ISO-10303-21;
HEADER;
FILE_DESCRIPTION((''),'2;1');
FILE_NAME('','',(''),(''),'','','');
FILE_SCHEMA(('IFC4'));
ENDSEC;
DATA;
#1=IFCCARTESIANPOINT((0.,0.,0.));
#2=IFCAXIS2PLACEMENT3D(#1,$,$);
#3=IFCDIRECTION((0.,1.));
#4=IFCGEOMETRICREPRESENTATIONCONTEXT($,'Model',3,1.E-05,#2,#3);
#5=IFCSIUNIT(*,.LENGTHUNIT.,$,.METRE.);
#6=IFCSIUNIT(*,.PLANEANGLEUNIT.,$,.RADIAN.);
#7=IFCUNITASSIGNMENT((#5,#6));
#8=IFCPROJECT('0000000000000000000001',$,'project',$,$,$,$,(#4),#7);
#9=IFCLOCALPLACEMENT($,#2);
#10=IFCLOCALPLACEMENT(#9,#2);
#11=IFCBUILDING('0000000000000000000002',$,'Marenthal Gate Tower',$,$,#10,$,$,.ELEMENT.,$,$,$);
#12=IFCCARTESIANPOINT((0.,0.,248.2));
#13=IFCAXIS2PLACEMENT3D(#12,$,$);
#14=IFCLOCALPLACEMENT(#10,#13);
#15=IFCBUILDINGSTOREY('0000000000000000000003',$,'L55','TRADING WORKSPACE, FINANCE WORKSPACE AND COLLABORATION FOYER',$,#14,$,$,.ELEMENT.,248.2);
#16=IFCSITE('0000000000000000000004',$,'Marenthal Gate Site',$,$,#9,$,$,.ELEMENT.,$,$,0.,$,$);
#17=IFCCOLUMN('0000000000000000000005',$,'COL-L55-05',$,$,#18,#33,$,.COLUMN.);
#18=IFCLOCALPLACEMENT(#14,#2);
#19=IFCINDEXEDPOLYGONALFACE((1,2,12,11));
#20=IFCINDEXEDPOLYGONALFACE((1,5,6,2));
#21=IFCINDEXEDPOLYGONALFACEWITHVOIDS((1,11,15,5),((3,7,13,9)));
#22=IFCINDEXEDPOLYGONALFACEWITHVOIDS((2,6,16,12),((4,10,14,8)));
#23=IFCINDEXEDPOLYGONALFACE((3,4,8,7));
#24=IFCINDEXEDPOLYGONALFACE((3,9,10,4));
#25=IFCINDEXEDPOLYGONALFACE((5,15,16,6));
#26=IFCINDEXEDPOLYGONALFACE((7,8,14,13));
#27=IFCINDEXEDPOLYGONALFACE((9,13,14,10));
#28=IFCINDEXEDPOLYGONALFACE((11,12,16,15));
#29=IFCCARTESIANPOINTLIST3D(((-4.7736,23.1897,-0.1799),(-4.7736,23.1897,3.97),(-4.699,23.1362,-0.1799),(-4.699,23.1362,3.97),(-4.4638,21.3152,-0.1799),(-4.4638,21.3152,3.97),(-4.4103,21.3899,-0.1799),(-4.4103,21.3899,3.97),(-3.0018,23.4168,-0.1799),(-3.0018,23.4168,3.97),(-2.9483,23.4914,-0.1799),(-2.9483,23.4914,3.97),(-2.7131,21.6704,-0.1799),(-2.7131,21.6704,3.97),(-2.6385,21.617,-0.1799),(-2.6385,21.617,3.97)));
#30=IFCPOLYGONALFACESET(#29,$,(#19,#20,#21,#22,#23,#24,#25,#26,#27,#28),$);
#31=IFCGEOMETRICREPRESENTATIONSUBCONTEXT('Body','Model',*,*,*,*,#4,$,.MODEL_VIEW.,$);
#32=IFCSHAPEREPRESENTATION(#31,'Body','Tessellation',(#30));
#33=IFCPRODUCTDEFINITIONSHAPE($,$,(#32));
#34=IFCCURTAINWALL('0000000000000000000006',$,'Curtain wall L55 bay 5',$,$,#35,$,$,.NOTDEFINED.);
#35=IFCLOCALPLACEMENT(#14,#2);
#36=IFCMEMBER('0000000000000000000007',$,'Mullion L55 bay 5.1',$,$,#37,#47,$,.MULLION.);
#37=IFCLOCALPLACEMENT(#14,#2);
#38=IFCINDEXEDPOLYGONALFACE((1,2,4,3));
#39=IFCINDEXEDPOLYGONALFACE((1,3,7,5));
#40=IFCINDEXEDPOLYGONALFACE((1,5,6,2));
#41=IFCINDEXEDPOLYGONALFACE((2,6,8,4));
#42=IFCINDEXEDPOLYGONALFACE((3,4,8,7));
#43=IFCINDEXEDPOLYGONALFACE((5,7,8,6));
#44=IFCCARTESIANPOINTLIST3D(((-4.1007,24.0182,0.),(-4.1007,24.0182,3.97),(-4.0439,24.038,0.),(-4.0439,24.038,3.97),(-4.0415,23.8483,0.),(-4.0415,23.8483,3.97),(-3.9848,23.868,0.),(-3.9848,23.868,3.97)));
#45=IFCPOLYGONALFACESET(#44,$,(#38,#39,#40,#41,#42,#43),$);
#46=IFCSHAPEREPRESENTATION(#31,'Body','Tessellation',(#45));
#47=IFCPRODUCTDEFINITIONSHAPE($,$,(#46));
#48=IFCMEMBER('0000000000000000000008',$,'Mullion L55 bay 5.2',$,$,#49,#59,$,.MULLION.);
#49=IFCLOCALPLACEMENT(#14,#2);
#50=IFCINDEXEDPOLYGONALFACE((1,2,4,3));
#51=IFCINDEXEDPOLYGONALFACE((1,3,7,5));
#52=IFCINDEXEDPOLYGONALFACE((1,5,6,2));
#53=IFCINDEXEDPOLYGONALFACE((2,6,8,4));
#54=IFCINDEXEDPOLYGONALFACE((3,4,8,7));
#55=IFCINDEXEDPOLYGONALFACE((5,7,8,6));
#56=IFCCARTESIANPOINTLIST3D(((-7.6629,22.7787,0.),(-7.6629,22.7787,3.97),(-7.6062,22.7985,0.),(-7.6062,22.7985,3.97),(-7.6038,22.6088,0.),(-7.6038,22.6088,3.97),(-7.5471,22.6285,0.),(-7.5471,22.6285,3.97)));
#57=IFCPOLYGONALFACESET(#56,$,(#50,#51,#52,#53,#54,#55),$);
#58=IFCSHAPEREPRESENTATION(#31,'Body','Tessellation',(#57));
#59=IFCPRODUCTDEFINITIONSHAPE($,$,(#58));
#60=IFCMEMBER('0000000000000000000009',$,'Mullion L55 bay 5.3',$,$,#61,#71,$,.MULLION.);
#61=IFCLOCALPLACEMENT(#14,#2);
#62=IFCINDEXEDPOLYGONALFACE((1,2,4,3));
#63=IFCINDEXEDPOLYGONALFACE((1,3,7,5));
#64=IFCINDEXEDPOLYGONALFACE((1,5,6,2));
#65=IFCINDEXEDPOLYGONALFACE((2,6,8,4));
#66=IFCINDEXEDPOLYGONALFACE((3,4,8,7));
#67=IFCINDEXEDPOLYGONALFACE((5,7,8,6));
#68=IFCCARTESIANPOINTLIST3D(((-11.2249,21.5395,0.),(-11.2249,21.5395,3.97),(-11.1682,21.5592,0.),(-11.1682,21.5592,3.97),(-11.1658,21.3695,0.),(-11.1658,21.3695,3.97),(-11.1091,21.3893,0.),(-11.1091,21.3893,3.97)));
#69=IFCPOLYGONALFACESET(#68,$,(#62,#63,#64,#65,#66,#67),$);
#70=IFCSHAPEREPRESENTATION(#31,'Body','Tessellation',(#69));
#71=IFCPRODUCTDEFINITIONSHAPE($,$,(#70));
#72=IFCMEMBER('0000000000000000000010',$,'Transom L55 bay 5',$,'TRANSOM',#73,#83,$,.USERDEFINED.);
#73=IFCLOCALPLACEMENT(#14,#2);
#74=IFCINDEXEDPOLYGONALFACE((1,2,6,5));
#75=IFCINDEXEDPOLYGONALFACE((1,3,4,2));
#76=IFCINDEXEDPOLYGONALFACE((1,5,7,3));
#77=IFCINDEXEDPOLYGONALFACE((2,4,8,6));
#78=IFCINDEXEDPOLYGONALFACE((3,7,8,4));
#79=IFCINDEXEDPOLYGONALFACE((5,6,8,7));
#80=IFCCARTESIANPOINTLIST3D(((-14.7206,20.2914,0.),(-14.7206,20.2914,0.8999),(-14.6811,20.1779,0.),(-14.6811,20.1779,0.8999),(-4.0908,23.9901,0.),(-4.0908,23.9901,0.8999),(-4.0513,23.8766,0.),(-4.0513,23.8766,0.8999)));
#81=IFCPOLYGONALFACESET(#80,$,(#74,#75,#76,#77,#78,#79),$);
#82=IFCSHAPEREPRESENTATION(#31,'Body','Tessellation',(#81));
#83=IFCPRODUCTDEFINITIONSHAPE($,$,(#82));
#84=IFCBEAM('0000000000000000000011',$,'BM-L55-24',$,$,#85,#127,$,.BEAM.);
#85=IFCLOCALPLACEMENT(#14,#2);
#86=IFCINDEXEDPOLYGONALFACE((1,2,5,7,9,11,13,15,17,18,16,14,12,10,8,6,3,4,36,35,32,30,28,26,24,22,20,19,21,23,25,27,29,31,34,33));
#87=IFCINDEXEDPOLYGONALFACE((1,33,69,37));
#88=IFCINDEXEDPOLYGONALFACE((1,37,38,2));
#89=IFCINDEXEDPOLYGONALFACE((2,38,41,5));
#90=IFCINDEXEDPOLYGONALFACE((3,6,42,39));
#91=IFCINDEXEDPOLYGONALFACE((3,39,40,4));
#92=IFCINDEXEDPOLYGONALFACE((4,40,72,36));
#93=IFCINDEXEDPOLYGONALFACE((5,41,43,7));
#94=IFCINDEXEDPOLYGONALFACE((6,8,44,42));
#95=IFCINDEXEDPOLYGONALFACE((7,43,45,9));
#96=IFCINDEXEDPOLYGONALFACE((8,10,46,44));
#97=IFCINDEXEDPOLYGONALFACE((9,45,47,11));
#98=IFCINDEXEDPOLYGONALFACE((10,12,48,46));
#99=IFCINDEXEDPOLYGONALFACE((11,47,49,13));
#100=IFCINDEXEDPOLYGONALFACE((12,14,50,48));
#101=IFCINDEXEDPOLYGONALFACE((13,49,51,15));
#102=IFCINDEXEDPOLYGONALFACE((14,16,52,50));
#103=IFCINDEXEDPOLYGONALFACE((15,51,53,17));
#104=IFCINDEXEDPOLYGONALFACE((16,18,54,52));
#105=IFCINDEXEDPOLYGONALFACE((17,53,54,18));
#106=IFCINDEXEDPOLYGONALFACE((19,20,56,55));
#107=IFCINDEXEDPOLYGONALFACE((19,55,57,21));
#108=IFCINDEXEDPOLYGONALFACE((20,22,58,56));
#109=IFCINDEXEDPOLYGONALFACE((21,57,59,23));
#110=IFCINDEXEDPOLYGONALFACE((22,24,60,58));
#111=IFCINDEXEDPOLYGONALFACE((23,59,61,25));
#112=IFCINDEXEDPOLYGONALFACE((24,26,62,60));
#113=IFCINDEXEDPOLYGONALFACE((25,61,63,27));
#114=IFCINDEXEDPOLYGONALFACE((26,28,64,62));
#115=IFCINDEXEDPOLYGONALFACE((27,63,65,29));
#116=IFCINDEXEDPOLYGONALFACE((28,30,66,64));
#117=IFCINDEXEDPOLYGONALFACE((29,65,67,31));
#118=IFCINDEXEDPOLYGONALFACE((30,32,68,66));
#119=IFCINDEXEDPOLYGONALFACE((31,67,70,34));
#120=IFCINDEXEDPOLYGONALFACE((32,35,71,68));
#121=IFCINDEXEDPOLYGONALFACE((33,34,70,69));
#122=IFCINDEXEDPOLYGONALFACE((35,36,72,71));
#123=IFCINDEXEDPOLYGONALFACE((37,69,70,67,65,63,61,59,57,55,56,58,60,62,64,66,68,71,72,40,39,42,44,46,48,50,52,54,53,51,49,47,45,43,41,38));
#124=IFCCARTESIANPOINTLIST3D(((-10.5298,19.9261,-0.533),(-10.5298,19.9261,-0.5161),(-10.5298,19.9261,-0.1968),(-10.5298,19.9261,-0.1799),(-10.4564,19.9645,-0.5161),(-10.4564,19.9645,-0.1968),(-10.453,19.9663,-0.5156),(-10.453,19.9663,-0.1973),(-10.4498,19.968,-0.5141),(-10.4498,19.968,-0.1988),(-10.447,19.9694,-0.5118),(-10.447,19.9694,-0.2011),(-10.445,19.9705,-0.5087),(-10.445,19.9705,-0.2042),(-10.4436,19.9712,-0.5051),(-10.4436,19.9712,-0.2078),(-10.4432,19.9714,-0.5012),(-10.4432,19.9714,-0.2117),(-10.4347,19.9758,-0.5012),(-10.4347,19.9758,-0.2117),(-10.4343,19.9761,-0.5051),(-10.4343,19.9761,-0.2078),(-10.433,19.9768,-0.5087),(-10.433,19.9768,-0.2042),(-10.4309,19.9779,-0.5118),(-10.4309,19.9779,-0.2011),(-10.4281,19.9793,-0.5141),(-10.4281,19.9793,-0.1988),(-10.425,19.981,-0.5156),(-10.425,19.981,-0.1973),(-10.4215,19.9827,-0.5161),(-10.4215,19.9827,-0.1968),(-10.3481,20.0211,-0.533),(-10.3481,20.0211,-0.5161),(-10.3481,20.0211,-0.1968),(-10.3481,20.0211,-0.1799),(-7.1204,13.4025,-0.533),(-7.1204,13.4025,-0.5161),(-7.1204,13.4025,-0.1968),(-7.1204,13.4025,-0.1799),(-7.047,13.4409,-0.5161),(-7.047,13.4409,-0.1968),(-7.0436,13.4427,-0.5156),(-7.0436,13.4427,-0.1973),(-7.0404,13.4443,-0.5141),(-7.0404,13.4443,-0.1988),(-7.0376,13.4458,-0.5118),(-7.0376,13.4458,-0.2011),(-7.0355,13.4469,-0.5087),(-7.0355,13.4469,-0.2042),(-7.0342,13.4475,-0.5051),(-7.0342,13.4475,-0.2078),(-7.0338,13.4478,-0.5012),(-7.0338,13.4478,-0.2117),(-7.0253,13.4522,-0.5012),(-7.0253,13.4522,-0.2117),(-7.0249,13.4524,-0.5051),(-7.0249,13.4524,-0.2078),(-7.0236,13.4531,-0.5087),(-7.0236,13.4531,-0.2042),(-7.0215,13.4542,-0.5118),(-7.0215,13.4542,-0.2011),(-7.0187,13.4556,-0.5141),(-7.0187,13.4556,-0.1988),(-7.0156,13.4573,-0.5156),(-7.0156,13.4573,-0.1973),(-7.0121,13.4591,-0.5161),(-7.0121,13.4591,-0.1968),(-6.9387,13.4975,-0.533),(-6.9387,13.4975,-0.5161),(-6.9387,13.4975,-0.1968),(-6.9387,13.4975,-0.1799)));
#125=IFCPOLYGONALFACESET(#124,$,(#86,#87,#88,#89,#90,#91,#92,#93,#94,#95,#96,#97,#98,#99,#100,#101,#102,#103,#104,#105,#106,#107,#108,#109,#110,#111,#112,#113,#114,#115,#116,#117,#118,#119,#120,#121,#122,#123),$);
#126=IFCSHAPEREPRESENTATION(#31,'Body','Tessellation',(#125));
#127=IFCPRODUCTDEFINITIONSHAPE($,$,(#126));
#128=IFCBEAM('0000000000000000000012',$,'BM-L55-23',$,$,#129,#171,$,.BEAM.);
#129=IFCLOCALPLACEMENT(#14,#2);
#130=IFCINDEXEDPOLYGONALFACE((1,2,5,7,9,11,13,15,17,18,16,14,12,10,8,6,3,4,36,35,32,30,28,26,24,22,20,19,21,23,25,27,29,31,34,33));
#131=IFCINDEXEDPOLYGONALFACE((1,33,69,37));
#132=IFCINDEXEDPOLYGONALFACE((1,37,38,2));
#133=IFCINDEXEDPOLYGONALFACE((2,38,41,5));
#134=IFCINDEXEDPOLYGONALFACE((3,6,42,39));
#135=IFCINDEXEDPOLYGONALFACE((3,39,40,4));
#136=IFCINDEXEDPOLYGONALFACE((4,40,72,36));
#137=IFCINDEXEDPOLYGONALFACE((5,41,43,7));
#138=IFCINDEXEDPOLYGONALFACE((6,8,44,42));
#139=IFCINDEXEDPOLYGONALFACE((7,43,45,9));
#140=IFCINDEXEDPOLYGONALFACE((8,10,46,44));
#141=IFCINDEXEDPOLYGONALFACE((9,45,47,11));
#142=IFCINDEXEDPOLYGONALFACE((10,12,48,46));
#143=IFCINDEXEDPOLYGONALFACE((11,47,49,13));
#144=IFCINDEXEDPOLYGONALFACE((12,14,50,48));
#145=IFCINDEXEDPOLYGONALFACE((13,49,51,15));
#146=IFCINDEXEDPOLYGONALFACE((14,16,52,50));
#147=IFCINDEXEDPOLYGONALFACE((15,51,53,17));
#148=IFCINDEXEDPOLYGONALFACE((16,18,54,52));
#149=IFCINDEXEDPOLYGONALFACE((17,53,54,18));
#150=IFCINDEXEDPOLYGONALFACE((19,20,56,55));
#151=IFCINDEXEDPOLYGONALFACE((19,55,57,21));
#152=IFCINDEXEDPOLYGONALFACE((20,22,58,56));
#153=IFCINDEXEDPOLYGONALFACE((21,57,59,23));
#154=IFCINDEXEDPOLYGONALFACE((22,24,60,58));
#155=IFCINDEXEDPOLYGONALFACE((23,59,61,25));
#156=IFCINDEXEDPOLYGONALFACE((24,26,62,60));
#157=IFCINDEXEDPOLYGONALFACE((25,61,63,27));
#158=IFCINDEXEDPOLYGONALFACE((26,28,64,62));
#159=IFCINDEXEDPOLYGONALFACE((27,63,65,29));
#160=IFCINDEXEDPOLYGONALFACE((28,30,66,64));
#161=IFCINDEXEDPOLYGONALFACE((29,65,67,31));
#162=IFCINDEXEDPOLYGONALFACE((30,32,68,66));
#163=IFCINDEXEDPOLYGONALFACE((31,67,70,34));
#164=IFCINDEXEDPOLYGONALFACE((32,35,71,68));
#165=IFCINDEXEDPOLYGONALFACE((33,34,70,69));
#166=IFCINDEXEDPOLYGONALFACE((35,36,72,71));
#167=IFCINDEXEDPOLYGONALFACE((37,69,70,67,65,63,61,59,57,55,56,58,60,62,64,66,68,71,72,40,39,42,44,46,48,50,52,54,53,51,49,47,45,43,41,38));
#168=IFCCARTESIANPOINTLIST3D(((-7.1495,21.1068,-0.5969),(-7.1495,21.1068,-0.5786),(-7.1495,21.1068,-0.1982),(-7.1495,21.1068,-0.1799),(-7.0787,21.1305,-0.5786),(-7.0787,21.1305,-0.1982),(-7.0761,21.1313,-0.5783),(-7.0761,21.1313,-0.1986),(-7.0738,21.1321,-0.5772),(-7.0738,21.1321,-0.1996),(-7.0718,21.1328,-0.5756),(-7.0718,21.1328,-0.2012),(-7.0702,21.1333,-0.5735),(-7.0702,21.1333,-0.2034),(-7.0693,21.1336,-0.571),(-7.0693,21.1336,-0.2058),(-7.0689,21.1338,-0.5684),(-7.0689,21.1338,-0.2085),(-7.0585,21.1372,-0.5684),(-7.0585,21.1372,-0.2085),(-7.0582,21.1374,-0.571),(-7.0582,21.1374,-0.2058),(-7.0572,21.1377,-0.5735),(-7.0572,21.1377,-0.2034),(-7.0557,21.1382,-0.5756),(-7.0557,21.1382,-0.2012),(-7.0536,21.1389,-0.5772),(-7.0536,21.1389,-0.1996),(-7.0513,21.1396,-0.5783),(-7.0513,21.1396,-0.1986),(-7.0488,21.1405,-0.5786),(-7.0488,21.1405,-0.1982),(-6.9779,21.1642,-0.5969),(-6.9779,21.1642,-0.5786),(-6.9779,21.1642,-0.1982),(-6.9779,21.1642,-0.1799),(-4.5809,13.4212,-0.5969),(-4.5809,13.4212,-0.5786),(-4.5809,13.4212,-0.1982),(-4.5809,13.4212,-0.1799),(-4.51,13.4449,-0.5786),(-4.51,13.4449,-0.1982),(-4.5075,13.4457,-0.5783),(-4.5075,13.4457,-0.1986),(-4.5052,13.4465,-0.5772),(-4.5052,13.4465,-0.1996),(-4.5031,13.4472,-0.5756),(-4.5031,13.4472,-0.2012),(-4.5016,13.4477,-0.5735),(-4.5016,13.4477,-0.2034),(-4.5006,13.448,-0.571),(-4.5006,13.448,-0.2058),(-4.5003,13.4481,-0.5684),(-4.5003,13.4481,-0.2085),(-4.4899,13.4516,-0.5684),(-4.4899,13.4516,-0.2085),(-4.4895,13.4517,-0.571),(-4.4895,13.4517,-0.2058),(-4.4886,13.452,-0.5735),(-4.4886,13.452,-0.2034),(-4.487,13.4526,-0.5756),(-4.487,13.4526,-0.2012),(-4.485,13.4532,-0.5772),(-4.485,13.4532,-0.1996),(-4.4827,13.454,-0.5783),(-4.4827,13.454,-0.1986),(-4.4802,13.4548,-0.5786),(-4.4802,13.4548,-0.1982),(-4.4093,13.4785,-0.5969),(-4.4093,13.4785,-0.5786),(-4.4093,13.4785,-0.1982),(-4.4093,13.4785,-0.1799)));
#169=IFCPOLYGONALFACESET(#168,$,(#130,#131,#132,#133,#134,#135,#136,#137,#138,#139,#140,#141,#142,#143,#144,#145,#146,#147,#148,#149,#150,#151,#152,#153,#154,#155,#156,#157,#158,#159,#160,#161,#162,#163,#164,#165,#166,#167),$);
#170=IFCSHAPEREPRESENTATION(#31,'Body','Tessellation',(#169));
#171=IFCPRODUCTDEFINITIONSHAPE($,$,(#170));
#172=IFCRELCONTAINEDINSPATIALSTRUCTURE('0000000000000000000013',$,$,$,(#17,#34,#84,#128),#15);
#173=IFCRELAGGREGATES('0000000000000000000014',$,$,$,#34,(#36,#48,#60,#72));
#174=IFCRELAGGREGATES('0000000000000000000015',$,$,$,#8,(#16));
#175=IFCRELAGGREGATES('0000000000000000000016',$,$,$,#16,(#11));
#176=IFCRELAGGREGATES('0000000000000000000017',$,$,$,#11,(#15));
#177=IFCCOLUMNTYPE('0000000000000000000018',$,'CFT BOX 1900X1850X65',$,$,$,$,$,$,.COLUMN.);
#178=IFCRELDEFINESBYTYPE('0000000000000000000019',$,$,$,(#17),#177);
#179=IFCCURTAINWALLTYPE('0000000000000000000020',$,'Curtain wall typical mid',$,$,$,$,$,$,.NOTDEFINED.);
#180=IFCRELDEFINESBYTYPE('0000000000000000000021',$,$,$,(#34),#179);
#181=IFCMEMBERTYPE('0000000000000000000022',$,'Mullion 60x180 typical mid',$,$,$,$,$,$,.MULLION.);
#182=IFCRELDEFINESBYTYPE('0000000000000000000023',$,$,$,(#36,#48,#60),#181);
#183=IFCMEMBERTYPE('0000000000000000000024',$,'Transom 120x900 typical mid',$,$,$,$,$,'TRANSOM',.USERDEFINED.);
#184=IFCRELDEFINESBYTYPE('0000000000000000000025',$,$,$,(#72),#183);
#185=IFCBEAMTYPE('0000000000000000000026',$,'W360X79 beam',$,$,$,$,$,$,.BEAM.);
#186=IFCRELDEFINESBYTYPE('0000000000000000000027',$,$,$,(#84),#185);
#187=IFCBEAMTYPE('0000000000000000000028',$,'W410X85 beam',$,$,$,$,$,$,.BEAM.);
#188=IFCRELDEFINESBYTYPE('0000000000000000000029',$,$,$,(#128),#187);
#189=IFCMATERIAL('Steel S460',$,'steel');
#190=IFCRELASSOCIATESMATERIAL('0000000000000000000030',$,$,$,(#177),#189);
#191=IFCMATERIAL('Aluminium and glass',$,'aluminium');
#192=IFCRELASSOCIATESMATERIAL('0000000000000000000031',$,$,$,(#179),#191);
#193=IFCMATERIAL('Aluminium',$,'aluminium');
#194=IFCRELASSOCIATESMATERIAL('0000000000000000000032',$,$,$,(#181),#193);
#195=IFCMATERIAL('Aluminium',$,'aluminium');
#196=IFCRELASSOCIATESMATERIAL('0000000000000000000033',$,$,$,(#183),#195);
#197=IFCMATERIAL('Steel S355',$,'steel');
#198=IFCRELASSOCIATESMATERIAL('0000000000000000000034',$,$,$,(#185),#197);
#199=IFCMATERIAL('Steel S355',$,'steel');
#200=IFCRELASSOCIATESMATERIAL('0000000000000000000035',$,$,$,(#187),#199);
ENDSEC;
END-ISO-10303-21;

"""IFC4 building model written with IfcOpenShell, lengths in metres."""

from ifc_helpers import new_model, si_unit, direction, frame, origin, origin_2d, place, context, subcontext, project, spatial, rectangle, hollow_rectangle, i_section, extrude, material, material_profile, profile_set, type_object, element, aggregate, save


model = new_model("IFC4")

# Units and contexts
model_context = context("Model", 3, precision=1e-05, world=origin(), true_north=direction((0.0, 1.0)))
body_context = subcontext(model_context, "Body", "Model", "MODEL_VIEW")
ifc_project = project(units=[si_unit("LENGTHUNIT", "METRE"), si_unit("PLANEANGLEUNIT", "RADIAN")], contexts=[model_context])

# Site, building, storey
site_placement = place(None, origin())
site = spatial("IfcSite", under=ifc_project, at=site_placement, Name="Marenthal Gate Site", CompositionType="ELEMENT", RefElevation=0.0)
building_placement = place(site_placement, origin())
building = spatial("IfcBuilding", under=site, at=building_placement, Name="Marenthal Gate Tower", CompositionType="ELEMENT")
storey_placement = place(building_placement, frame((0.0, 0.0, 248.2)))
storey = spatial("IfcBuildingStorey", under=building, at=storey_placement, Name="L55", Description="TRADING WORKSPACE, FINANCE WORKSPACE AND COLLABORATION FOYER", CompositionType="ELEMENT", Elevation=248.2)

# Column
ifc_material_1 = material(Name="Steel S460", Category="steel")
ifc_material_profile_1 = material_profile(ifc_material_1, hollow_rectangle(XDim=1.8501, YDim=1.8999, WallThickness=0.0649, at=origin_2d()), Name="CFT BOX 1900X1850X65")
ifc_material_2 = material(Name="Concrete 70 MPa", Category="concrete")
ifc_material_profile_2 = material_profile(ifc_material_2, rectangle(XDim=1.72, YDim=1.77, at=origin_2d()), Name="CFT BOX 1900X1850X65 INFILL")
ifc_profile_set_1 = profile_set([ifc_material_profile_1, ifc_material_profile_2], Name="Steel S460 shell, Concrete 70 MPa infill")
column_type = type_object("IfcColumnType", Name="CFT BOX 1900X1850X65", PredefinedType="COLUMN", material=ifc_profile_set_1)
column_placement = place(storey_placement, frame((-3.7061, 22.4033, -0.1799), z_axis=(0.0, 0.0, 1.0), x_axis=(0.986611, 0.163088, 0.0)))
element("IfcColumn", 1, at=column_placement, inside=storey, type_object=column_type, Name="COL-L55-05", PredefinedType="COLUMN", context=body_context, shape_type="SweptSolid", body=[
    extrude(hollow_rectangle(XDim=1.8501, YDim=1.8999, WallThickness=0.0649, at=origin_2d()), origin(), (0.0, 0.0, 1.0), 4.1499),
])

# Curtain wall, members
ifc_material_3 = material(Name="Aluminium and glass", Category="aluminium")
curtain_wall_type = type_object("IfcCurtainWallType", Name="Curtain wall typical mid", PredefinedType="NOTDEFINED", material=ifc_material_3)
curtain_wall_placement = place(storey_placement, origin())
curtain_wall = element("IfcCurtainWall", 2, at=curtain_wall_placement, inside=storey, type_object=curtain_wall_type, Name="Curtain wall L55 bay 5", PredefinedType="NOTDEFINED")
ifc_material_4 = material(Name="Aluminium", Category="aluminium")
ifc_material_profile_3 = material_profile(ifc_material_4, rectangle(XDim=0.1799, YDim=0.0601, at=origin_2d()), Name="60x180 aluminium mullion")
ifc_profile_set_2 = profile_set([ifc_material_profile_3], Name="Aluminium")
member_type_1 = type_object("IfcMemberType", Name="Mullion 60x180 typical mid", PredefinedType="MULLION", material=ifc_profile_set_2)
member_1_placement = place(storey_placement, frame((-4.0427, 23.9431, 0.0), z_axis=(0.0, 0.0, 1.0), x_axis=(0.328612, -0.944465, 0.0)))
member_1 = element("IfcMember", 3, at=member_1_placement, type_object=member_type_1, Name="Mullion L55 bay 5.1", PredefinedType="MULLION", context=body_context, shape_type="SweptSolid", body=[
    extrude(rectangle(XDim=0.1799, YDim=0.0601, at=origin_2d()), origin(), (0.0, 0.0, 1.0), 3.97),
])
member_2_placement = place(storey_placement, frame((-7.605, 22.7036, 0.0), z_axis=(0.0, 0.0, 1.0), x_axis=(0.328612, -0.944465, 0.0)))
member_2 = element("IfcMember", 4, at=member_2_placement, type_object=member_type_1, Name="Mullion L55 bay 5.2", PredefinedType="MULLION", context=body_context, shape_type="SweptSolid", body=[
    extrude(rectangle(XDim=0.1799, YDim=0.0601, at=origin_2d()), origin(), (0.0, 0.0, 1.0), 3.97),
])
member_3_placement = place(storey_placement, frame((-11.167, 21.4644, 0.0), z_axis=(0.0, 0.0, 1.0), x_axis=(0.328612, -0.944465, 0.0)))
member_3 = element("IfcMember", 5, at=member_3_placement, type_object=member_type_1, Name="Mullion L55 bay 5.3", PredefinedType="MULLION", context=body_context, shape_type="SweptSolid", body=[
    extrude(rectangle(XDim=0.1799, YDim=0.0601, at=origin_2d()), origin(), (0.0, 0.0, 1.0), 3.97),
])
ifc_material_5 = material(Name="Aluminium", Category="aluminium")
ifc_material_profile_4 = material_profile(ifc_material_5, rectangle(XDim=0.1201, YDim=0.8999, at=origin_2d()), Name="120x900 aluminium transom")
ifc_profile_set_3 = profile_set([ifc_material_profile_4], Name="Aluminium")
member_type_2 = type_object("IfcMemberType", Name="Transom 120x900 typical mid", ElementType="TRANSOM", PredefinedType="USERDEFINED", material=ifc_profile_set_3)
member_4_placement = place(storey_placement, frame((-4.071, 23.9333, 0.45), z_axis=(-0.944459, -0.32863, 0.0), x_axis=(0.32863, -0.944459, 0.0)))
member_4 = element("IfcMember", 6, at=member_4_placement, type_object=member_type_2, Name="Transom L55 bay 5", ObjectType="TRANSOM", PredefinedType="USERDEFINED", context=body_context, shape_type="SweptSolid", body=[
    extrude(rectangle(XDim=0.1201, YDim=0.8999, at=origin_2d()), origin(), (0.0, 0.0, 1.0), 11.2549),
])

# Beams
ifc_material_6 = material(Name="Steel S355", Category="steel")
ifc_material_profile_5 = material_profile(ifc_material_6, i_section(OverallWidth=0.2051, OverallDepth=0.353, WebThickness=0.0095, FlangeThickness=0.0168, FilletRadius=0.0149, at=origin_2d()), Name="W360X79")
ifc_profile_set_4 = profile_set([ifc_material_profile_5], Name="Steel S355")
beam_type_1 = type_object("IfcBeamType", Name="W360X79 beam", PredefinedType="BEAM", material=ifc_profile_set_4)
beam_1_placement = place(storey_placement, frame((-10.439, 19.9736, -0.3564), z_axis=(0.463181, -0.886264, 0.0), x_axis=(0.886264, 0.463181, 0.0)))
element("IfcBeam", 7, at=beam_1_placement, inside=storey, type_object=beam_type_1, Name="BM-L55-24", PredefinedType="BEAM", context=body_context, shape_type="SweptSolid", body=[
    extrude(i_section(OverallWidth=0.2051, OverallDepth=0.353, WebThickness=0.0095, FlangeThickness=0.0168, FilletRadius=0.0149, at=origin_2d()), origin(), (0.0, 0.0, 1.0), 7.3608),
])
ifc_material_7 = material(Name="Steel S355", Category="steel")
ifc_material_profile_6 = material_profile(ifc_material_7, i_section(OverallWidth=0.1809, OverallDepth=0.417, WebThickness=0.011, FlangeThickness=0.0183, FilletRadius=0.0103, at=origin_2d()), Name="W410X85")
ifc_profile_set_5 = profile_set([ifc_material_profile_6], Name="Steel S355")
beam_type_2 = type_object("IfcBeamType", Name="W410X85 beam", PredefinedType="BEAM", material=ifc_profile_set_5)
beam_2_placement = place(storey_placement, frame((-7.0637, 21.1355, -0.3884), z_axis=(0.316978, -0.948433, 0.0), x_axis=(0.948433, 0.316978, 0.0)))
element("IfcBeam", 8, at=beam_2_placement, inside=storey, type_object=beam_type_2, Name="BM-L55-23", PredefinedType="BEAM", context=body_context, shape_type="SweptSolid", body=[
    extrude(i_section(OverallWidth=0.1809, OverallDepth=0.417, WebThickness=0.011, FlangeThickness=0.0183, FilletRadius=0.0103, at=origin_2d()), origin(), (0.0, 0.0, 1.0), 8.1035),
])

aggregate(curtain_wall, [member_1, member_2, member_3, member_4])

save(model, "model.ifc")
